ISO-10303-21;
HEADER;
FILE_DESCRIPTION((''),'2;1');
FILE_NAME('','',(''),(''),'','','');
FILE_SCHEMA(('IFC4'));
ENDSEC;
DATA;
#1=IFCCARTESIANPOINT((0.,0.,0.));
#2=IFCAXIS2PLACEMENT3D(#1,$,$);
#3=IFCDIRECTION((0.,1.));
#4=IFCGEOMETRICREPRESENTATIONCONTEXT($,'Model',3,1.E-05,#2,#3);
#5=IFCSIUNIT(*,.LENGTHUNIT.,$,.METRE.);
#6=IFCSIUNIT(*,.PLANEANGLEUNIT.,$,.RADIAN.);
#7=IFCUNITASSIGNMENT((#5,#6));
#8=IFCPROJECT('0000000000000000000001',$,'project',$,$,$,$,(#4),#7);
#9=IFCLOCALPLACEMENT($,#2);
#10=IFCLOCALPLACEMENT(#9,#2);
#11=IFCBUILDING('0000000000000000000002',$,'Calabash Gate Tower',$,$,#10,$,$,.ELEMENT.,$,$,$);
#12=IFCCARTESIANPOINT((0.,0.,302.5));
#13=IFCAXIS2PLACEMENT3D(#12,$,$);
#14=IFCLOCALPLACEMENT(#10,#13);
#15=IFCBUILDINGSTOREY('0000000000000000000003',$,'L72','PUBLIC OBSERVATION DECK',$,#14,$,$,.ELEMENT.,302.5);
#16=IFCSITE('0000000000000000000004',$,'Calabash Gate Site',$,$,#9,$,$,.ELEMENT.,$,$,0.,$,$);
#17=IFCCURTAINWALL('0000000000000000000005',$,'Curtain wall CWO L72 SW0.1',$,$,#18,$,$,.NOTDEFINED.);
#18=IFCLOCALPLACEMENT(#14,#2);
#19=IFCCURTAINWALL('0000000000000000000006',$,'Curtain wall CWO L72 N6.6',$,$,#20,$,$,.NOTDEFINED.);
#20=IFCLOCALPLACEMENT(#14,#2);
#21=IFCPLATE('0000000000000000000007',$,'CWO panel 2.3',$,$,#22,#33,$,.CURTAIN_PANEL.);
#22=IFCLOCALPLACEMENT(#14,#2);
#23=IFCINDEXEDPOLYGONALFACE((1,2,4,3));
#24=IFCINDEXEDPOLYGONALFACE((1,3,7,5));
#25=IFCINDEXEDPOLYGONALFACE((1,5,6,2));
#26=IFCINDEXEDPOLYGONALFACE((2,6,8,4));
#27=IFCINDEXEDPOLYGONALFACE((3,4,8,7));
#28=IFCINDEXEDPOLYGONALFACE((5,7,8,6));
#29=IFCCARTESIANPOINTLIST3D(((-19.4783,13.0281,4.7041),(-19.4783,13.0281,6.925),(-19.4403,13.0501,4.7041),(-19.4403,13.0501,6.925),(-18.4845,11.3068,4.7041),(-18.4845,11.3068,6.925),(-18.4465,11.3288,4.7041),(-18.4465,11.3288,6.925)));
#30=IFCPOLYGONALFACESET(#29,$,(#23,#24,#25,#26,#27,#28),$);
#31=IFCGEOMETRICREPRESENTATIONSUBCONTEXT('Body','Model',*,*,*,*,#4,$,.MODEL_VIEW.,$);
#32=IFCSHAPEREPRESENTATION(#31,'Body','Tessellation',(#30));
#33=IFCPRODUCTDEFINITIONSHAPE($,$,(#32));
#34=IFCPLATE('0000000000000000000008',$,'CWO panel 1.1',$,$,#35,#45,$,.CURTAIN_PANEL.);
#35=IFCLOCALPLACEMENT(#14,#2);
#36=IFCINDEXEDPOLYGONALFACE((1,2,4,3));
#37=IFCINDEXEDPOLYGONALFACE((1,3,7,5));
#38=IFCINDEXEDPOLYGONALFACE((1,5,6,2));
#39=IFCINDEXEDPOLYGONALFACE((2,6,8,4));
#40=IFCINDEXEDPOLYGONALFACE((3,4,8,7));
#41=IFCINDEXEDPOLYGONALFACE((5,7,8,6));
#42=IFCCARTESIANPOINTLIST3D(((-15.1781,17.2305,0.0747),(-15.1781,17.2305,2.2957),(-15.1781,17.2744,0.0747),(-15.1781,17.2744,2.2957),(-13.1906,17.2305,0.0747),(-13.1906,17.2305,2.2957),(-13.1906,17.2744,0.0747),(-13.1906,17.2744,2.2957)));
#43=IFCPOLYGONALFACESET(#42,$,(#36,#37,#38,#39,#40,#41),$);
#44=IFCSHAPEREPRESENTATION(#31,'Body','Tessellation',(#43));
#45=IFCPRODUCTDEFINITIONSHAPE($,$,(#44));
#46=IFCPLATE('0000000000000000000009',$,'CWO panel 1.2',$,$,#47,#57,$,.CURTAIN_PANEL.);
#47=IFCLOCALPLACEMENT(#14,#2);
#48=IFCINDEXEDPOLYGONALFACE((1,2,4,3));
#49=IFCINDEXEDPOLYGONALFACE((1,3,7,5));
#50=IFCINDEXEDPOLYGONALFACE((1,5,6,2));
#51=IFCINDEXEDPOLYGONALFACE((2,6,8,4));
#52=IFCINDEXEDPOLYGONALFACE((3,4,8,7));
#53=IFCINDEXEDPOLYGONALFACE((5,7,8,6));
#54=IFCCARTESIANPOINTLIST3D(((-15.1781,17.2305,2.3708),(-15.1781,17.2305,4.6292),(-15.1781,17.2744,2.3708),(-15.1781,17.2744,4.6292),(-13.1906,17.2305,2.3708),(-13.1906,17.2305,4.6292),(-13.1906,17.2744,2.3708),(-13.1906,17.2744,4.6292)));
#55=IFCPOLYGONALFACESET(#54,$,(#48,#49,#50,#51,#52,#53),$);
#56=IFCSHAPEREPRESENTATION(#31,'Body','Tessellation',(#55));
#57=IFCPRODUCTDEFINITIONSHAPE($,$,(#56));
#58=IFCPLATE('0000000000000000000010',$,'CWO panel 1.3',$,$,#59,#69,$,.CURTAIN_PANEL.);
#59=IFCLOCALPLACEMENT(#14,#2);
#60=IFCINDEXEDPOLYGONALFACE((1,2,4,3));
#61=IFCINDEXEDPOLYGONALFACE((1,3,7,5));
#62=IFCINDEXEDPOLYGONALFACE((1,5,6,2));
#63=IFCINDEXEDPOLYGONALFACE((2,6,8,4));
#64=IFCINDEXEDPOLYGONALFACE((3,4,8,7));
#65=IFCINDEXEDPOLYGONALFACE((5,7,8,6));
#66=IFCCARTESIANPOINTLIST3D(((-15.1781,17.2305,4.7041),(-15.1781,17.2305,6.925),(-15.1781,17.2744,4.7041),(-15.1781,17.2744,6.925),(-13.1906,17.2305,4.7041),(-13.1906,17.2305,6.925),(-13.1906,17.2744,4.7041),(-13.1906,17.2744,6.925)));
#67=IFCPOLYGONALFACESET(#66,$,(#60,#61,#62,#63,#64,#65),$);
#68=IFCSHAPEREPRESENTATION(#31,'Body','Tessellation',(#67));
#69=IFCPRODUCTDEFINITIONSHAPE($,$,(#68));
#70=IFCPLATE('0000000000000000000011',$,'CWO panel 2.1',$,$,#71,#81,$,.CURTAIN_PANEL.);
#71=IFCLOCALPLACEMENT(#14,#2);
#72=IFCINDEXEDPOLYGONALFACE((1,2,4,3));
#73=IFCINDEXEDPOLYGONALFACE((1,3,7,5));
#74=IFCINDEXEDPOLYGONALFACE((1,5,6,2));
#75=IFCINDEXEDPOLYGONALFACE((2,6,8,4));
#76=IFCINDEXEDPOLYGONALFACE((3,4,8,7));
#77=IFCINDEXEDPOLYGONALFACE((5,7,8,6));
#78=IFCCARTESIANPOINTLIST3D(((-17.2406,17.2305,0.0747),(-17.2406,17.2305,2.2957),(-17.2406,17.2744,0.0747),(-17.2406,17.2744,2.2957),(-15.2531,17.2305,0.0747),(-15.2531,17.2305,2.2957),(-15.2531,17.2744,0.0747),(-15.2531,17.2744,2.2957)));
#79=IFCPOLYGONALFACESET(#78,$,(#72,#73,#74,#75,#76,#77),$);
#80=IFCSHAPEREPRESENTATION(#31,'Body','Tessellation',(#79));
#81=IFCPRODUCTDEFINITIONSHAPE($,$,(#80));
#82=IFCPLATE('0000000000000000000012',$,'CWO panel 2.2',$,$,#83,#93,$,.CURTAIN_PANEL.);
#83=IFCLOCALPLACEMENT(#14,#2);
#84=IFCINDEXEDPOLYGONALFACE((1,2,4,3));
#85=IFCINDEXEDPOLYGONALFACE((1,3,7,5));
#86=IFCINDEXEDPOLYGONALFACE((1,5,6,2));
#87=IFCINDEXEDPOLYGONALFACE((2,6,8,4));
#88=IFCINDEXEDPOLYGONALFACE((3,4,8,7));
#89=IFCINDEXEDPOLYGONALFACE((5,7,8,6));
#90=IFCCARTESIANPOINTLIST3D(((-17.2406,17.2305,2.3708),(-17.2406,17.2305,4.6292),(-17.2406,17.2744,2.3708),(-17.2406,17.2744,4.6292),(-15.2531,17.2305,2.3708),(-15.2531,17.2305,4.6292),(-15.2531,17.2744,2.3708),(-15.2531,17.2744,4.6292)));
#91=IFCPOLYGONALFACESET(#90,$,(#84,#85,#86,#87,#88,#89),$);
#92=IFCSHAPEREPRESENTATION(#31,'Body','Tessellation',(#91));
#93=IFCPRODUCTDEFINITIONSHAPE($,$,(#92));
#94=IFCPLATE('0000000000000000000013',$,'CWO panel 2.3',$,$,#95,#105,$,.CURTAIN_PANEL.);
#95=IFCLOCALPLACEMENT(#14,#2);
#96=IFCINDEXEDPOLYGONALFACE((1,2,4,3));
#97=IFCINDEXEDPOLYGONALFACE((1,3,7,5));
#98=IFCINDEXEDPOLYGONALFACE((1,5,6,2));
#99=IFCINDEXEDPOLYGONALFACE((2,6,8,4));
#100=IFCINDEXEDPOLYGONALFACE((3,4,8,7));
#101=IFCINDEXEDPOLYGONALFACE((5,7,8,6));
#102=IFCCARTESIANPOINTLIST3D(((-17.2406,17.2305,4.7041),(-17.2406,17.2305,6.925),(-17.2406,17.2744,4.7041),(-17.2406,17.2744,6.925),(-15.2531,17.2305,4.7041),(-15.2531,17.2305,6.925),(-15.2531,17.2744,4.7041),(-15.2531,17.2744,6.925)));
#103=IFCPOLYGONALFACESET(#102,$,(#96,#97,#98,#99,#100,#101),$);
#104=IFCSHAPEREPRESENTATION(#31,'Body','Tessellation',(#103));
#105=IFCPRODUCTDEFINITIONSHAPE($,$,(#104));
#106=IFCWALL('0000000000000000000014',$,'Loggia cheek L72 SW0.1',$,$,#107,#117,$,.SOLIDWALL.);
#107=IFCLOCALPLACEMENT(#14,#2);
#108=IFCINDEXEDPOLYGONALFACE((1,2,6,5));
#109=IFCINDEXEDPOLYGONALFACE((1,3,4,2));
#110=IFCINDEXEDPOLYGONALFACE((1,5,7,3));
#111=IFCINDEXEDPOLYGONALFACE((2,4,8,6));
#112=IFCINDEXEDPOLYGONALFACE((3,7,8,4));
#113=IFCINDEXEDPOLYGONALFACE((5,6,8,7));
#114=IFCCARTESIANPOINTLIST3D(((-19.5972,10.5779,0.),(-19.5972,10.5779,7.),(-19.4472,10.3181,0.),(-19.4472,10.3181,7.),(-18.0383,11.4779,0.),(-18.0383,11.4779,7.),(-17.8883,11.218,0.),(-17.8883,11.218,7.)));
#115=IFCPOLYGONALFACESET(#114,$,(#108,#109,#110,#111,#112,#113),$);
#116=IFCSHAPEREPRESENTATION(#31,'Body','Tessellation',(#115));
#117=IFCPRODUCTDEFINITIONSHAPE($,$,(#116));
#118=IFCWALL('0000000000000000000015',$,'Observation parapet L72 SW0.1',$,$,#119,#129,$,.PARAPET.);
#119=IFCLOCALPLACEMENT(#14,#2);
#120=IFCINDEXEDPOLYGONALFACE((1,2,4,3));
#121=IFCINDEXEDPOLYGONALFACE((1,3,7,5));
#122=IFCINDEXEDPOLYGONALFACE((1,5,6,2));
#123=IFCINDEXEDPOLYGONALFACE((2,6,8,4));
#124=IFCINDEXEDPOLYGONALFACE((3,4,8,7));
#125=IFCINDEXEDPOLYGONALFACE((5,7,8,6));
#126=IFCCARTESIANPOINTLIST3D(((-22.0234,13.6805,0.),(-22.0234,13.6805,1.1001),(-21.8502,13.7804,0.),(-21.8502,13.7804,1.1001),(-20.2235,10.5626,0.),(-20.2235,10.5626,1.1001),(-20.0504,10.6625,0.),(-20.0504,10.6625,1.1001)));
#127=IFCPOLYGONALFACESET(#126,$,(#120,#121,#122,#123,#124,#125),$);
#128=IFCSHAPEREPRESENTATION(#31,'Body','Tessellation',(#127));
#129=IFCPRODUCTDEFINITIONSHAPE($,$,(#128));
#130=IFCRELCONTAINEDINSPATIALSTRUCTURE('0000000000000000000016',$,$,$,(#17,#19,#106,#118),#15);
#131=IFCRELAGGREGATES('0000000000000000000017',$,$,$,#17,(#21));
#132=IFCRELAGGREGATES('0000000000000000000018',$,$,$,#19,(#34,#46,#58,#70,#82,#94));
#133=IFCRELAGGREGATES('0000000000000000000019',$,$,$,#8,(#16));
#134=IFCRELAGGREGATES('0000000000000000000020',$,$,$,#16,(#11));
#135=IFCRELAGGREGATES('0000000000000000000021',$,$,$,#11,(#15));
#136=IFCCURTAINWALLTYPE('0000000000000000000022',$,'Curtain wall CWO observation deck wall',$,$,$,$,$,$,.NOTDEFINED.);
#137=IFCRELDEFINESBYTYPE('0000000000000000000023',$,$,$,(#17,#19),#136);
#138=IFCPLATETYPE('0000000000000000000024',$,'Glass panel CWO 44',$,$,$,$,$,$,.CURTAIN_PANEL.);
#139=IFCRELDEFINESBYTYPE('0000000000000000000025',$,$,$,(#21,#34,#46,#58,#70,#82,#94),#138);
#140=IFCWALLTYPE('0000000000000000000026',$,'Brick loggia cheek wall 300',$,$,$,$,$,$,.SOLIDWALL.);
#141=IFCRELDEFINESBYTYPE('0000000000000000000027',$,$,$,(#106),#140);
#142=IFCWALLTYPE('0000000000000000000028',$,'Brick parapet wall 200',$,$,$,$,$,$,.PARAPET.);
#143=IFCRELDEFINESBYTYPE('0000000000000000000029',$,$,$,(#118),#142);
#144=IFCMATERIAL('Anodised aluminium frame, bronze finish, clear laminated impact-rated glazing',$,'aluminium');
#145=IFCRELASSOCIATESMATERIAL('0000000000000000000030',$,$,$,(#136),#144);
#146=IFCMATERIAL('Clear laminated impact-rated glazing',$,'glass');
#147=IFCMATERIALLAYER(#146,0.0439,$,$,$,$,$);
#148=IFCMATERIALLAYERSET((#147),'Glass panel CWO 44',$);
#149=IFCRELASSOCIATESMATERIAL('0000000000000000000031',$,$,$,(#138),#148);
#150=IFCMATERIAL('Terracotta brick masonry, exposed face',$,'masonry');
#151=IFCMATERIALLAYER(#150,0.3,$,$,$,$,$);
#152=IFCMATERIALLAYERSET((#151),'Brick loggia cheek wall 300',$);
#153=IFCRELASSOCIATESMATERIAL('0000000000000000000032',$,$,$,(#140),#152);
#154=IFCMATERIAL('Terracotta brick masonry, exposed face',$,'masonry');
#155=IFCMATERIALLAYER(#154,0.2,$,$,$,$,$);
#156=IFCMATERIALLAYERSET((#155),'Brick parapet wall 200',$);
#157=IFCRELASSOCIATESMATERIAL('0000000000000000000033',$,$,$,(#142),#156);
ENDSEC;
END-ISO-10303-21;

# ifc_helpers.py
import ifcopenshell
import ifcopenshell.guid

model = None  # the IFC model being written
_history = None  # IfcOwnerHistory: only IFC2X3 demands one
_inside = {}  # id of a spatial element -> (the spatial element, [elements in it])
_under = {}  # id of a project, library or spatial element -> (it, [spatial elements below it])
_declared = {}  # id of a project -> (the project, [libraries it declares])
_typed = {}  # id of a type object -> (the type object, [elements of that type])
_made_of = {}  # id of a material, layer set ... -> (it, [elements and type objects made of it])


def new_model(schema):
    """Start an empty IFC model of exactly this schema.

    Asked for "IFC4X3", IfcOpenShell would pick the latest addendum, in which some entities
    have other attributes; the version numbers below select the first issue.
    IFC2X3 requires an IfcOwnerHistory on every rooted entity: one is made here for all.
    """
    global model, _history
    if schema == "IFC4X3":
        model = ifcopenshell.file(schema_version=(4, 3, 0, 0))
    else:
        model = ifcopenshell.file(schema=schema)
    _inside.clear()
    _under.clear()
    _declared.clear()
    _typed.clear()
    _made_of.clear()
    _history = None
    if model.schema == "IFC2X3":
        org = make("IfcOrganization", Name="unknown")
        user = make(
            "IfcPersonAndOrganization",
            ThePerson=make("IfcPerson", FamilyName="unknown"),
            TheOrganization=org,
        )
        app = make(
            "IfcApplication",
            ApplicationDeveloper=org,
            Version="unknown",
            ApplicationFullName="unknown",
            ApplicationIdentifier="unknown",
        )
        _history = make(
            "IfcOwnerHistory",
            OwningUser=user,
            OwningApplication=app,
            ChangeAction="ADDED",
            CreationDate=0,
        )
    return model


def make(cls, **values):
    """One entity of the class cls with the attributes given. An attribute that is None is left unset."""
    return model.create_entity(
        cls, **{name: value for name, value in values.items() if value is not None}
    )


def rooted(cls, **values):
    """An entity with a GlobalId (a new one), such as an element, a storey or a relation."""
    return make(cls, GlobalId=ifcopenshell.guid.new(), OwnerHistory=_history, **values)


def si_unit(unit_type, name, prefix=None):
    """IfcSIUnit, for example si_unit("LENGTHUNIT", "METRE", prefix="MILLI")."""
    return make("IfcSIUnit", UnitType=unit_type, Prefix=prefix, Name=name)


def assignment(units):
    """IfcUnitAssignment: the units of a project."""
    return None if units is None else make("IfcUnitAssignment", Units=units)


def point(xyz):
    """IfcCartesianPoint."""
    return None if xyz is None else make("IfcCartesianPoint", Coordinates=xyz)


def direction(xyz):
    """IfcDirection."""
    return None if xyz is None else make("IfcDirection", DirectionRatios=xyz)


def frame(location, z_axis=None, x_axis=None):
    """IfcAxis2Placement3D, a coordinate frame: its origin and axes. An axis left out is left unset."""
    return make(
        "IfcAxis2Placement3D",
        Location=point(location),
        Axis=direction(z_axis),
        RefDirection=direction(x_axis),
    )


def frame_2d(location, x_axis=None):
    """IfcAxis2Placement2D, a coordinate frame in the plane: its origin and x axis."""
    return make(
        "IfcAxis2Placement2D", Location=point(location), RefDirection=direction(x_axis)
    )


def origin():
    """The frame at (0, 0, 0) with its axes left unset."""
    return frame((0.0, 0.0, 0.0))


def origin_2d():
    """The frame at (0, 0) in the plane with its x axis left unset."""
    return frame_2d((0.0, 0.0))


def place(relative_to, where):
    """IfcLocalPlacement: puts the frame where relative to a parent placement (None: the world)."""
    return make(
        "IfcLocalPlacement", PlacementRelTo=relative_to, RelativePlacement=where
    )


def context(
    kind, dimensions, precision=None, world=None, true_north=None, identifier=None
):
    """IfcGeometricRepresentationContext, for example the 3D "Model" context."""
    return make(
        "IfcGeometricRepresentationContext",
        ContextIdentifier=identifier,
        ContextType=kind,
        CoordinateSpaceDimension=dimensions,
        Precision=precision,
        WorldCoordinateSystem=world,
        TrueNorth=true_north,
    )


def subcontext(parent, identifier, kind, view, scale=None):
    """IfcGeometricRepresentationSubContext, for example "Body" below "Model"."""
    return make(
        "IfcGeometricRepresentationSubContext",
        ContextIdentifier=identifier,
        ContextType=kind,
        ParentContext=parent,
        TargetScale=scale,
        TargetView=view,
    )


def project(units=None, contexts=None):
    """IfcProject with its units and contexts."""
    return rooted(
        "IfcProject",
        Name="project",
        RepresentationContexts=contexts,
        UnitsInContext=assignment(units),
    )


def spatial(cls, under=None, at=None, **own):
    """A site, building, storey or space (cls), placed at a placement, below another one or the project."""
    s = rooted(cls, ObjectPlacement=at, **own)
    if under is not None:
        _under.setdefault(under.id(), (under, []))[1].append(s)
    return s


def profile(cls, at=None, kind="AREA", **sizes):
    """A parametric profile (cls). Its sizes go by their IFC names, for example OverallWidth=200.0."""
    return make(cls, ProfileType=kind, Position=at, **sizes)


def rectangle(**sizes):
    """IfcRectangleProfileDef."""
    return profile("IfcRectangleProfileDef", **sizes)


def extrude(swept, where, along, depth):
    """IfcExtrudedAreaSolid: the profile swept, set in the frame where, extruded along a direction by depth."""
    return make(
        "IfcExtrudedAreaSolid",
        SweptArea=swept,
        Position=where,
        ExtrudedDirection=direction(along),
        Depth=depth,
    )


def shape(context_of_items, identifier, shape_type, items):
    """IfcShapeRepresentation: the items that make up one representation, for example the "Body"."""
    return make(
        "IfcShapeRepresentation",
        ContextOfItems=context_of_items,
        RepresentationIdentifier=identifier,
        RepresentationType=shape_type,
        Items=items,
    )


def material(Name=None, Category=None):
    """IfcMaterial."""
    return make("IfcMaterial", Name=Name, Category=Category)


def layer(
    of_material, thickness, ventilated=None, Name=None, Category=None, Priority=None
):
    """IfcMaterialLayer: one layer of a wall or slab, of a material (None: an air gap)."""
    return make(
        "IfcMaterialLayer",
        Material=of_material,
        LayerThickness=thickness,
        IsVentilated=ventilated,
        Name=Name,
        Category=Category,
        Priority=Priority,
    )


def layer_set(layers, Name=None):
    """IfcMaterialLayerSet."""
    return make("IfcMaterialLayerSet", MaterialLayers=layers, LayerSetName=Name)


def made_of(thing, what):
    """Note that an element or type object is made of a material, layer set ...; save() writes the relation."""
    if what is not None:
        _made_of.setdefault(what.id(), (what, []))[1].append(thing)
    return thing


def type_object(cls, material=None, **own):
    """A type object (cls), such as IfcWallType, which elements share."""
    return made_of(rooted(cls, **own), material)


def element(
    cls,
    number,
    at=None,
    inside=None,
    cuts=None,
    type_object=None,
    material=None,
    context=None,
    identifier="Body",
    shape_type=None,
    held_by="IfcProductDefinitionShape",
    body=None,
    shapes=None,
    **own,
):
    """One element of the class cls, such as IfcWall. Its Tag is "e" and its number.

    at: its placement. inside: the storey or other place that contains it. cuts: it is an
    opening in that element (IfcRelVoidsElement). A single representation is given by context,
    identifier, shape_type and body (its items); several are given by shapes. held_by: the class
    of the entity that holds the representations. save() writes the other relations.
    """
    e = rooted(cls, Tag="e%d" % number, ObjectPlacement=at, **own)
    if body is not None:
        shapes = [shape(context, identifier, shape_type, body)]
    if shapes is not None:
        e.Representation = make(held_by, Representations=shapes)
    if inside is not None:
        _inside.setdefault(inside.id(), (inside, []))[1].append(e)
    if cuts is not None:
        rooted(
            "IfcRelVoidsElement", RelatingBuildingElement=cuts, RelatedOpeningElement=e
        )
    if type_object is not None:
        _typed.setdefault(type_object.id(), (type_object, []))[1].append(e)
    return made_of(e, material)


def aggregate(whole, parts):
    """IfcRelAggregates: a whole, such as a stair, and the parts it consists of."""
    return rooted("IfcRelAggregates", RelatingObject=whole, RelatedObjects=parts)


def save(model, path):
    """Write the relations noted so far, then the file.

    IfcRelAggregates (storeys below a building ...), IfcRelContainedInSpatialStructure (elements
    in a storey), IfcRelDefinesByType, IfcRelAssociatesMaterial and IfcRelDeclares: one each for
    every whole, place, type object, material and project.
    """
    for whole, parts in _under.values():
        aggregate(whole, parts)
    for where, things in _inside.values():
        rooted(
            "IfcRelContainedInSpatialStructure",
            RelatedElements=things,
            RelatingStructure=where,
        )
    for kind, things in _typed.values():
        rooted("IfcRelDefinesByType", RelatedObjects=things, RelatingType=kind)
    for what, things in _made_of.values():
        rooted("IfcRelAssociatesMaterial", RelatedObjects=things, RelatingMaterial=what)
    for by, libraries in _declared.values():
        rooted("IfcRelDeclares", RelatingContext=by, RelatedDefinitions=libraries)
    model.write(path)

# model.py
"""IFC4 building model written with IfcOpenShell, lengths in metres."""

from ifc_helpers import new_model, si_unit, direction, frame, frame_2d, origin, origin_2d, place, context, subcontext, project, spatial, rectangle, extrude, material, layer, layer_set, type_object, element, aggregate, save


model = new_model("IFC4")

# Units and contexts
model_context = context("Model", 3, precision=1e-05, world=origin(), true_north=direction((0.0, 1.0)))
body_context = subcontext(model_context, "Body", "Model", "MODEL_VIEW")
ifc_project = project(units=[si_unit("LENGTHUNIT", "METRE"), si_unit("PLANEANGLEUNIT", "RADIAN")], contexts=[model_context])

# Site, building, storey
site_placement = place(None, origin())
site = spatial("IfcSite", under=ifc_project, at=site_placement, Name="Calabash Gate Site", CompositionType="ELEMENT", RefElevation=0.0)
building_placement = place(site_placement, origin())
building = spatial("IfcBuilding", under=site, at=building_placement, Name="Calabash Gate Tower", CompositionType="ELEMENT")
storey_placement = place(building_placement, frame((0.0, 0.0, 302.5)))
storey = spatial("IfcBuildingStorey", under=building, at=storey_placement, Name="L72", Description="PUBLIC OBSERVATION DECK", CompositionType="ELEMENT", Elevation=302.5)

# Curtain walls
ifc_material_1 = material(Name="Anodised aluminium frame, bronze finish, clear laminated impact-rated glazing", Category="aluminium")
curtain_wall_type = type_object("IfcCurtainWallType", Name="Curtain wall CWO observation deck wall", PredefinedType="NOTDEFINED", material=ifc_material_1)
curtain_wall_1_placement = place(storey_placement, origin())
curtain_wall_1 = element("IfcCurtainWall", 1, at=curtain_wall_1_placement, inside=storey, type_object=curtain_wall_type, Name="Curtain wall CWO L72 SW0.1", PredefinedType="NOTDEFINED")
curtain_wall_2_placement = place(storey_placement, origin())
curtain_wall_2 = element("IfcCurtainWall", 2, at=curtain_wall_2_placement, inside=storey, type_object=curtain_wall_type, Name="Curtain wall CWO L72 N6.6", PredefinedType="NOTDEFINED")

# Plates
ifc_material_2 = material(Name="Clear laminated impact-rated glazing", Category="glass")
ifc_layer_1 = layer(ifc_material_2, 0.0439)
ifc_layer_set_1 = layer_set([ifc_layer_1], Name="Glass panel CWO 44")
plate_type = type_object("IfcPlateType", Name="Glass panel CWO 44", PredefinedType="CURTAIN_PANEL", material=ifc_layer_set_1)
plate_1_placement = place(storey_placement, frame((-18.9624, 12.1785, 4.7041), z_axis=(0.0, 0.0, 1.0), x_axis=(0.5, -0.866025, 0.0)))
plate_1 = element("IfcPlate", 3, at=plate_1_placement, type_object=plate_type, Name="CWO panel 2.3", PredefinedType="CURTAIN_PANEL", context=body_context, shape_type="SweptSolid", body=[
    extrude(rectangle(XDim=1.9875, YDim=0.0439, at=origin_2d()), origin(), (0.0, 0.0, 1.0), 2.2209),
])
aggregate(curtain_wall_1, [plate_1])
plate_2_placement = place(storey_placement, frame((-14.1843, 17.2524, 0.0747), z_axis=(0.0, 0.0, 1.0), x_axis=(-1.0, 0.0, 0.0)))
plate_2 = element("IfcPlate", 4, at=plate_2_placement, type_object=plate_type, Name="CWO panel 1.1", PredefinedType="CURTAIN_PANEL", context=body_context, shape_type="SweptSolid", body=[
    extrude(rectangle(XDim=1.9875, YDim=0.0439, at=origin_2d()), origin(), (0.0, 0.0, 1.0), 2.2209),
])
plate_3_placement = place(storey_placement, frame((-14.1843, 17.2524, 2.3708), z_axis=(0.0, 0.0, 1.0), x_axis=(-1.0, 0.0, 0.0)))
plate_3 = element("IfcPlate", 5, at=plate_3_placement, type_object=plate_type, Name="CWO panel 1.2", PredefinedType="CURTAIN_PANEL", context=body_context, shape_type="SweptSolid", body=[
    extrude(rectangle(XDim=1.9875, YDim=0.0439, at=origin_2d()), origin(), (0.0, 0.0, 1.0), 2.2583),
])
plate_4_placement = place(storey_placement, frame((-14.1843, 17.2524, 4.7041), z_axis=(0.0, 0.0, 1.0), x_axis=(-1.0, 0.0, 0.0)))
plate_4 = element("IfcPlate", 6, at=plate_4_placement, type_object=plate_type, Name="CWO panel 1.3", PredefinedType="CURTAIN_PANEL", context=body_context, shape_type="SweptSolid", body=[
    extrude(rectangle(XDim=1.9875, YDim=0.0439, at=origin_2d()), origin(), (0.0, 0.0, 1.0), 2.2209),
])
plate_5_placement = place(storey_placement, frame((-16.2468, 17.2524, 0.0747), z_axis=(0.0, 0.0, 1.0), x_axis=(-1.0, 0.0, 0.0)))
plate_5 = element("IfcPlate", 7, at=plate_5_placement, type_object=plate_type, Name="CWO panel 2.1", PredefinedType="CURTAIN_PANEL", context=body_context, shape_type="SweptSolid", body=[
    extrude(rectangle(XDim=1.9875, YDim=0.0439, at=origin_2d()), origin(), (0.0, 0.0, 1.0), 2.2209),
])
plate_6_placement = place(storey_placement, frame((-16.2468, 17.2524, 2.3708), z_axis=(0.0, 0.0, 1.0), x_axis=(-1.0, 0.0, 0.0)))
plate_6 = element("IfcPlate", 8, at=plate_6_placement, type_object=plate_type, Name="CWO panel 2.2", PredefinedType="CURTAIN_PANEL", context=body_context, shape_type="SweptSolid", body=[
    extrude(rectangle(XDim=1.9875, YDim=0.0439, at=origin_2d()), origin(), (0.0, 0.0, 1.0), 2.2583),
])
plate_7_placement = place(storey_placement, frame((-16.2468, 17.2524, 4.7041), z_axis=(0.0, 0.0, 1.0), x_axis=(-1.0, 0.0, 0.0)))
plate_7 = element("IfcPlate", 9, at=plate_7_placement, type_object=plate_type, Name="CWO panel 2.3", PredefinedType="CURTAIN_PANEL", context=body_context, shape_type="SweptSolid", body=[
    extrude(rectangle(XDim=1.9875, YDim=0.0439, at=origin_2d()), origin(), (0.0, 0.0, 1.0), 2.2209),
])
aggregate(curtain_wall_2, [plate_2, plate_3, plate_4, plate_5, plate_6, plate_7])

# Walls
ifc_material_3 = material(Name="Terracotta brick masonry, exposed face", Category="masonry")
ifc_layer_2 = layer(ifc_material_3, 0.3)
ifc_layer_set_2 = layer_set([ifc_layer_2], Name="Brick loggia cheek wall 300")
wall_type_1 = type_object("IfcWallType", Name="Brick loggia cheek wall 300", PredefinedType="SOLIDWALL", material=ifc_layer_set_2)
wall_1_placement = place(storey_placement, frame((-17.9634, 11.3479, 0.0), z_axis=(0.0, 0.0, 1.0), x_axis=(-0.866048, -0.499961, 0.0)))
element("IfcWall", 10, at=wall_1_placement, inside=storey, type_object=wall_type_1, Name="Loggia cheek L72 SW0.1", PredefinedType="SOLIDWALL", context=body_context, shape_type="SweptSolid", body=[
    extrude(rectangle(XDim=1.8, YDim=0.3, at=frame_2d((0.8999, 0.0))), origin(), (0.0, 0.0, 1.0), 7.0),
])
ifc_material_4 = material(Name="Terracotta brick masonry, exposed face", Category="masonry")
ifc_layer_3 = layer(ifc_material_4, 0.2)
ifc_layer_set_3 = layer_set([ifc_layer_3], Name="Brick parapet wall 200")
wall_type_2 = type_object("IfcWallType", Name="Brick parapet wall 200", PredefinedType="PARAPET", material=ifc_layer_set_3)
wall_2_placement = place(storey_placement, frame((-21.9368, 13.7305, 0.0), z_axis=(0.0, 0.0, 1.0), x_axis=(0.499932, -0.866065, 0.0)))
element("IfcWall", 11, at=wall_2_placement, inside=storey, type_object=wall_type_2, Name="Observation parapet L72 SW0.1", PredefinedType="PARAPET", context=body_context, shape_type="SweptSolid", body=[
    extrude(rectangle(XDim=3.6001, YDim=0.2, at=frame_2d((1.8, 0.0))), origin(), (0.0, 0.0, 1.0), 1.1001),
])

save(model, "model.ifc")
